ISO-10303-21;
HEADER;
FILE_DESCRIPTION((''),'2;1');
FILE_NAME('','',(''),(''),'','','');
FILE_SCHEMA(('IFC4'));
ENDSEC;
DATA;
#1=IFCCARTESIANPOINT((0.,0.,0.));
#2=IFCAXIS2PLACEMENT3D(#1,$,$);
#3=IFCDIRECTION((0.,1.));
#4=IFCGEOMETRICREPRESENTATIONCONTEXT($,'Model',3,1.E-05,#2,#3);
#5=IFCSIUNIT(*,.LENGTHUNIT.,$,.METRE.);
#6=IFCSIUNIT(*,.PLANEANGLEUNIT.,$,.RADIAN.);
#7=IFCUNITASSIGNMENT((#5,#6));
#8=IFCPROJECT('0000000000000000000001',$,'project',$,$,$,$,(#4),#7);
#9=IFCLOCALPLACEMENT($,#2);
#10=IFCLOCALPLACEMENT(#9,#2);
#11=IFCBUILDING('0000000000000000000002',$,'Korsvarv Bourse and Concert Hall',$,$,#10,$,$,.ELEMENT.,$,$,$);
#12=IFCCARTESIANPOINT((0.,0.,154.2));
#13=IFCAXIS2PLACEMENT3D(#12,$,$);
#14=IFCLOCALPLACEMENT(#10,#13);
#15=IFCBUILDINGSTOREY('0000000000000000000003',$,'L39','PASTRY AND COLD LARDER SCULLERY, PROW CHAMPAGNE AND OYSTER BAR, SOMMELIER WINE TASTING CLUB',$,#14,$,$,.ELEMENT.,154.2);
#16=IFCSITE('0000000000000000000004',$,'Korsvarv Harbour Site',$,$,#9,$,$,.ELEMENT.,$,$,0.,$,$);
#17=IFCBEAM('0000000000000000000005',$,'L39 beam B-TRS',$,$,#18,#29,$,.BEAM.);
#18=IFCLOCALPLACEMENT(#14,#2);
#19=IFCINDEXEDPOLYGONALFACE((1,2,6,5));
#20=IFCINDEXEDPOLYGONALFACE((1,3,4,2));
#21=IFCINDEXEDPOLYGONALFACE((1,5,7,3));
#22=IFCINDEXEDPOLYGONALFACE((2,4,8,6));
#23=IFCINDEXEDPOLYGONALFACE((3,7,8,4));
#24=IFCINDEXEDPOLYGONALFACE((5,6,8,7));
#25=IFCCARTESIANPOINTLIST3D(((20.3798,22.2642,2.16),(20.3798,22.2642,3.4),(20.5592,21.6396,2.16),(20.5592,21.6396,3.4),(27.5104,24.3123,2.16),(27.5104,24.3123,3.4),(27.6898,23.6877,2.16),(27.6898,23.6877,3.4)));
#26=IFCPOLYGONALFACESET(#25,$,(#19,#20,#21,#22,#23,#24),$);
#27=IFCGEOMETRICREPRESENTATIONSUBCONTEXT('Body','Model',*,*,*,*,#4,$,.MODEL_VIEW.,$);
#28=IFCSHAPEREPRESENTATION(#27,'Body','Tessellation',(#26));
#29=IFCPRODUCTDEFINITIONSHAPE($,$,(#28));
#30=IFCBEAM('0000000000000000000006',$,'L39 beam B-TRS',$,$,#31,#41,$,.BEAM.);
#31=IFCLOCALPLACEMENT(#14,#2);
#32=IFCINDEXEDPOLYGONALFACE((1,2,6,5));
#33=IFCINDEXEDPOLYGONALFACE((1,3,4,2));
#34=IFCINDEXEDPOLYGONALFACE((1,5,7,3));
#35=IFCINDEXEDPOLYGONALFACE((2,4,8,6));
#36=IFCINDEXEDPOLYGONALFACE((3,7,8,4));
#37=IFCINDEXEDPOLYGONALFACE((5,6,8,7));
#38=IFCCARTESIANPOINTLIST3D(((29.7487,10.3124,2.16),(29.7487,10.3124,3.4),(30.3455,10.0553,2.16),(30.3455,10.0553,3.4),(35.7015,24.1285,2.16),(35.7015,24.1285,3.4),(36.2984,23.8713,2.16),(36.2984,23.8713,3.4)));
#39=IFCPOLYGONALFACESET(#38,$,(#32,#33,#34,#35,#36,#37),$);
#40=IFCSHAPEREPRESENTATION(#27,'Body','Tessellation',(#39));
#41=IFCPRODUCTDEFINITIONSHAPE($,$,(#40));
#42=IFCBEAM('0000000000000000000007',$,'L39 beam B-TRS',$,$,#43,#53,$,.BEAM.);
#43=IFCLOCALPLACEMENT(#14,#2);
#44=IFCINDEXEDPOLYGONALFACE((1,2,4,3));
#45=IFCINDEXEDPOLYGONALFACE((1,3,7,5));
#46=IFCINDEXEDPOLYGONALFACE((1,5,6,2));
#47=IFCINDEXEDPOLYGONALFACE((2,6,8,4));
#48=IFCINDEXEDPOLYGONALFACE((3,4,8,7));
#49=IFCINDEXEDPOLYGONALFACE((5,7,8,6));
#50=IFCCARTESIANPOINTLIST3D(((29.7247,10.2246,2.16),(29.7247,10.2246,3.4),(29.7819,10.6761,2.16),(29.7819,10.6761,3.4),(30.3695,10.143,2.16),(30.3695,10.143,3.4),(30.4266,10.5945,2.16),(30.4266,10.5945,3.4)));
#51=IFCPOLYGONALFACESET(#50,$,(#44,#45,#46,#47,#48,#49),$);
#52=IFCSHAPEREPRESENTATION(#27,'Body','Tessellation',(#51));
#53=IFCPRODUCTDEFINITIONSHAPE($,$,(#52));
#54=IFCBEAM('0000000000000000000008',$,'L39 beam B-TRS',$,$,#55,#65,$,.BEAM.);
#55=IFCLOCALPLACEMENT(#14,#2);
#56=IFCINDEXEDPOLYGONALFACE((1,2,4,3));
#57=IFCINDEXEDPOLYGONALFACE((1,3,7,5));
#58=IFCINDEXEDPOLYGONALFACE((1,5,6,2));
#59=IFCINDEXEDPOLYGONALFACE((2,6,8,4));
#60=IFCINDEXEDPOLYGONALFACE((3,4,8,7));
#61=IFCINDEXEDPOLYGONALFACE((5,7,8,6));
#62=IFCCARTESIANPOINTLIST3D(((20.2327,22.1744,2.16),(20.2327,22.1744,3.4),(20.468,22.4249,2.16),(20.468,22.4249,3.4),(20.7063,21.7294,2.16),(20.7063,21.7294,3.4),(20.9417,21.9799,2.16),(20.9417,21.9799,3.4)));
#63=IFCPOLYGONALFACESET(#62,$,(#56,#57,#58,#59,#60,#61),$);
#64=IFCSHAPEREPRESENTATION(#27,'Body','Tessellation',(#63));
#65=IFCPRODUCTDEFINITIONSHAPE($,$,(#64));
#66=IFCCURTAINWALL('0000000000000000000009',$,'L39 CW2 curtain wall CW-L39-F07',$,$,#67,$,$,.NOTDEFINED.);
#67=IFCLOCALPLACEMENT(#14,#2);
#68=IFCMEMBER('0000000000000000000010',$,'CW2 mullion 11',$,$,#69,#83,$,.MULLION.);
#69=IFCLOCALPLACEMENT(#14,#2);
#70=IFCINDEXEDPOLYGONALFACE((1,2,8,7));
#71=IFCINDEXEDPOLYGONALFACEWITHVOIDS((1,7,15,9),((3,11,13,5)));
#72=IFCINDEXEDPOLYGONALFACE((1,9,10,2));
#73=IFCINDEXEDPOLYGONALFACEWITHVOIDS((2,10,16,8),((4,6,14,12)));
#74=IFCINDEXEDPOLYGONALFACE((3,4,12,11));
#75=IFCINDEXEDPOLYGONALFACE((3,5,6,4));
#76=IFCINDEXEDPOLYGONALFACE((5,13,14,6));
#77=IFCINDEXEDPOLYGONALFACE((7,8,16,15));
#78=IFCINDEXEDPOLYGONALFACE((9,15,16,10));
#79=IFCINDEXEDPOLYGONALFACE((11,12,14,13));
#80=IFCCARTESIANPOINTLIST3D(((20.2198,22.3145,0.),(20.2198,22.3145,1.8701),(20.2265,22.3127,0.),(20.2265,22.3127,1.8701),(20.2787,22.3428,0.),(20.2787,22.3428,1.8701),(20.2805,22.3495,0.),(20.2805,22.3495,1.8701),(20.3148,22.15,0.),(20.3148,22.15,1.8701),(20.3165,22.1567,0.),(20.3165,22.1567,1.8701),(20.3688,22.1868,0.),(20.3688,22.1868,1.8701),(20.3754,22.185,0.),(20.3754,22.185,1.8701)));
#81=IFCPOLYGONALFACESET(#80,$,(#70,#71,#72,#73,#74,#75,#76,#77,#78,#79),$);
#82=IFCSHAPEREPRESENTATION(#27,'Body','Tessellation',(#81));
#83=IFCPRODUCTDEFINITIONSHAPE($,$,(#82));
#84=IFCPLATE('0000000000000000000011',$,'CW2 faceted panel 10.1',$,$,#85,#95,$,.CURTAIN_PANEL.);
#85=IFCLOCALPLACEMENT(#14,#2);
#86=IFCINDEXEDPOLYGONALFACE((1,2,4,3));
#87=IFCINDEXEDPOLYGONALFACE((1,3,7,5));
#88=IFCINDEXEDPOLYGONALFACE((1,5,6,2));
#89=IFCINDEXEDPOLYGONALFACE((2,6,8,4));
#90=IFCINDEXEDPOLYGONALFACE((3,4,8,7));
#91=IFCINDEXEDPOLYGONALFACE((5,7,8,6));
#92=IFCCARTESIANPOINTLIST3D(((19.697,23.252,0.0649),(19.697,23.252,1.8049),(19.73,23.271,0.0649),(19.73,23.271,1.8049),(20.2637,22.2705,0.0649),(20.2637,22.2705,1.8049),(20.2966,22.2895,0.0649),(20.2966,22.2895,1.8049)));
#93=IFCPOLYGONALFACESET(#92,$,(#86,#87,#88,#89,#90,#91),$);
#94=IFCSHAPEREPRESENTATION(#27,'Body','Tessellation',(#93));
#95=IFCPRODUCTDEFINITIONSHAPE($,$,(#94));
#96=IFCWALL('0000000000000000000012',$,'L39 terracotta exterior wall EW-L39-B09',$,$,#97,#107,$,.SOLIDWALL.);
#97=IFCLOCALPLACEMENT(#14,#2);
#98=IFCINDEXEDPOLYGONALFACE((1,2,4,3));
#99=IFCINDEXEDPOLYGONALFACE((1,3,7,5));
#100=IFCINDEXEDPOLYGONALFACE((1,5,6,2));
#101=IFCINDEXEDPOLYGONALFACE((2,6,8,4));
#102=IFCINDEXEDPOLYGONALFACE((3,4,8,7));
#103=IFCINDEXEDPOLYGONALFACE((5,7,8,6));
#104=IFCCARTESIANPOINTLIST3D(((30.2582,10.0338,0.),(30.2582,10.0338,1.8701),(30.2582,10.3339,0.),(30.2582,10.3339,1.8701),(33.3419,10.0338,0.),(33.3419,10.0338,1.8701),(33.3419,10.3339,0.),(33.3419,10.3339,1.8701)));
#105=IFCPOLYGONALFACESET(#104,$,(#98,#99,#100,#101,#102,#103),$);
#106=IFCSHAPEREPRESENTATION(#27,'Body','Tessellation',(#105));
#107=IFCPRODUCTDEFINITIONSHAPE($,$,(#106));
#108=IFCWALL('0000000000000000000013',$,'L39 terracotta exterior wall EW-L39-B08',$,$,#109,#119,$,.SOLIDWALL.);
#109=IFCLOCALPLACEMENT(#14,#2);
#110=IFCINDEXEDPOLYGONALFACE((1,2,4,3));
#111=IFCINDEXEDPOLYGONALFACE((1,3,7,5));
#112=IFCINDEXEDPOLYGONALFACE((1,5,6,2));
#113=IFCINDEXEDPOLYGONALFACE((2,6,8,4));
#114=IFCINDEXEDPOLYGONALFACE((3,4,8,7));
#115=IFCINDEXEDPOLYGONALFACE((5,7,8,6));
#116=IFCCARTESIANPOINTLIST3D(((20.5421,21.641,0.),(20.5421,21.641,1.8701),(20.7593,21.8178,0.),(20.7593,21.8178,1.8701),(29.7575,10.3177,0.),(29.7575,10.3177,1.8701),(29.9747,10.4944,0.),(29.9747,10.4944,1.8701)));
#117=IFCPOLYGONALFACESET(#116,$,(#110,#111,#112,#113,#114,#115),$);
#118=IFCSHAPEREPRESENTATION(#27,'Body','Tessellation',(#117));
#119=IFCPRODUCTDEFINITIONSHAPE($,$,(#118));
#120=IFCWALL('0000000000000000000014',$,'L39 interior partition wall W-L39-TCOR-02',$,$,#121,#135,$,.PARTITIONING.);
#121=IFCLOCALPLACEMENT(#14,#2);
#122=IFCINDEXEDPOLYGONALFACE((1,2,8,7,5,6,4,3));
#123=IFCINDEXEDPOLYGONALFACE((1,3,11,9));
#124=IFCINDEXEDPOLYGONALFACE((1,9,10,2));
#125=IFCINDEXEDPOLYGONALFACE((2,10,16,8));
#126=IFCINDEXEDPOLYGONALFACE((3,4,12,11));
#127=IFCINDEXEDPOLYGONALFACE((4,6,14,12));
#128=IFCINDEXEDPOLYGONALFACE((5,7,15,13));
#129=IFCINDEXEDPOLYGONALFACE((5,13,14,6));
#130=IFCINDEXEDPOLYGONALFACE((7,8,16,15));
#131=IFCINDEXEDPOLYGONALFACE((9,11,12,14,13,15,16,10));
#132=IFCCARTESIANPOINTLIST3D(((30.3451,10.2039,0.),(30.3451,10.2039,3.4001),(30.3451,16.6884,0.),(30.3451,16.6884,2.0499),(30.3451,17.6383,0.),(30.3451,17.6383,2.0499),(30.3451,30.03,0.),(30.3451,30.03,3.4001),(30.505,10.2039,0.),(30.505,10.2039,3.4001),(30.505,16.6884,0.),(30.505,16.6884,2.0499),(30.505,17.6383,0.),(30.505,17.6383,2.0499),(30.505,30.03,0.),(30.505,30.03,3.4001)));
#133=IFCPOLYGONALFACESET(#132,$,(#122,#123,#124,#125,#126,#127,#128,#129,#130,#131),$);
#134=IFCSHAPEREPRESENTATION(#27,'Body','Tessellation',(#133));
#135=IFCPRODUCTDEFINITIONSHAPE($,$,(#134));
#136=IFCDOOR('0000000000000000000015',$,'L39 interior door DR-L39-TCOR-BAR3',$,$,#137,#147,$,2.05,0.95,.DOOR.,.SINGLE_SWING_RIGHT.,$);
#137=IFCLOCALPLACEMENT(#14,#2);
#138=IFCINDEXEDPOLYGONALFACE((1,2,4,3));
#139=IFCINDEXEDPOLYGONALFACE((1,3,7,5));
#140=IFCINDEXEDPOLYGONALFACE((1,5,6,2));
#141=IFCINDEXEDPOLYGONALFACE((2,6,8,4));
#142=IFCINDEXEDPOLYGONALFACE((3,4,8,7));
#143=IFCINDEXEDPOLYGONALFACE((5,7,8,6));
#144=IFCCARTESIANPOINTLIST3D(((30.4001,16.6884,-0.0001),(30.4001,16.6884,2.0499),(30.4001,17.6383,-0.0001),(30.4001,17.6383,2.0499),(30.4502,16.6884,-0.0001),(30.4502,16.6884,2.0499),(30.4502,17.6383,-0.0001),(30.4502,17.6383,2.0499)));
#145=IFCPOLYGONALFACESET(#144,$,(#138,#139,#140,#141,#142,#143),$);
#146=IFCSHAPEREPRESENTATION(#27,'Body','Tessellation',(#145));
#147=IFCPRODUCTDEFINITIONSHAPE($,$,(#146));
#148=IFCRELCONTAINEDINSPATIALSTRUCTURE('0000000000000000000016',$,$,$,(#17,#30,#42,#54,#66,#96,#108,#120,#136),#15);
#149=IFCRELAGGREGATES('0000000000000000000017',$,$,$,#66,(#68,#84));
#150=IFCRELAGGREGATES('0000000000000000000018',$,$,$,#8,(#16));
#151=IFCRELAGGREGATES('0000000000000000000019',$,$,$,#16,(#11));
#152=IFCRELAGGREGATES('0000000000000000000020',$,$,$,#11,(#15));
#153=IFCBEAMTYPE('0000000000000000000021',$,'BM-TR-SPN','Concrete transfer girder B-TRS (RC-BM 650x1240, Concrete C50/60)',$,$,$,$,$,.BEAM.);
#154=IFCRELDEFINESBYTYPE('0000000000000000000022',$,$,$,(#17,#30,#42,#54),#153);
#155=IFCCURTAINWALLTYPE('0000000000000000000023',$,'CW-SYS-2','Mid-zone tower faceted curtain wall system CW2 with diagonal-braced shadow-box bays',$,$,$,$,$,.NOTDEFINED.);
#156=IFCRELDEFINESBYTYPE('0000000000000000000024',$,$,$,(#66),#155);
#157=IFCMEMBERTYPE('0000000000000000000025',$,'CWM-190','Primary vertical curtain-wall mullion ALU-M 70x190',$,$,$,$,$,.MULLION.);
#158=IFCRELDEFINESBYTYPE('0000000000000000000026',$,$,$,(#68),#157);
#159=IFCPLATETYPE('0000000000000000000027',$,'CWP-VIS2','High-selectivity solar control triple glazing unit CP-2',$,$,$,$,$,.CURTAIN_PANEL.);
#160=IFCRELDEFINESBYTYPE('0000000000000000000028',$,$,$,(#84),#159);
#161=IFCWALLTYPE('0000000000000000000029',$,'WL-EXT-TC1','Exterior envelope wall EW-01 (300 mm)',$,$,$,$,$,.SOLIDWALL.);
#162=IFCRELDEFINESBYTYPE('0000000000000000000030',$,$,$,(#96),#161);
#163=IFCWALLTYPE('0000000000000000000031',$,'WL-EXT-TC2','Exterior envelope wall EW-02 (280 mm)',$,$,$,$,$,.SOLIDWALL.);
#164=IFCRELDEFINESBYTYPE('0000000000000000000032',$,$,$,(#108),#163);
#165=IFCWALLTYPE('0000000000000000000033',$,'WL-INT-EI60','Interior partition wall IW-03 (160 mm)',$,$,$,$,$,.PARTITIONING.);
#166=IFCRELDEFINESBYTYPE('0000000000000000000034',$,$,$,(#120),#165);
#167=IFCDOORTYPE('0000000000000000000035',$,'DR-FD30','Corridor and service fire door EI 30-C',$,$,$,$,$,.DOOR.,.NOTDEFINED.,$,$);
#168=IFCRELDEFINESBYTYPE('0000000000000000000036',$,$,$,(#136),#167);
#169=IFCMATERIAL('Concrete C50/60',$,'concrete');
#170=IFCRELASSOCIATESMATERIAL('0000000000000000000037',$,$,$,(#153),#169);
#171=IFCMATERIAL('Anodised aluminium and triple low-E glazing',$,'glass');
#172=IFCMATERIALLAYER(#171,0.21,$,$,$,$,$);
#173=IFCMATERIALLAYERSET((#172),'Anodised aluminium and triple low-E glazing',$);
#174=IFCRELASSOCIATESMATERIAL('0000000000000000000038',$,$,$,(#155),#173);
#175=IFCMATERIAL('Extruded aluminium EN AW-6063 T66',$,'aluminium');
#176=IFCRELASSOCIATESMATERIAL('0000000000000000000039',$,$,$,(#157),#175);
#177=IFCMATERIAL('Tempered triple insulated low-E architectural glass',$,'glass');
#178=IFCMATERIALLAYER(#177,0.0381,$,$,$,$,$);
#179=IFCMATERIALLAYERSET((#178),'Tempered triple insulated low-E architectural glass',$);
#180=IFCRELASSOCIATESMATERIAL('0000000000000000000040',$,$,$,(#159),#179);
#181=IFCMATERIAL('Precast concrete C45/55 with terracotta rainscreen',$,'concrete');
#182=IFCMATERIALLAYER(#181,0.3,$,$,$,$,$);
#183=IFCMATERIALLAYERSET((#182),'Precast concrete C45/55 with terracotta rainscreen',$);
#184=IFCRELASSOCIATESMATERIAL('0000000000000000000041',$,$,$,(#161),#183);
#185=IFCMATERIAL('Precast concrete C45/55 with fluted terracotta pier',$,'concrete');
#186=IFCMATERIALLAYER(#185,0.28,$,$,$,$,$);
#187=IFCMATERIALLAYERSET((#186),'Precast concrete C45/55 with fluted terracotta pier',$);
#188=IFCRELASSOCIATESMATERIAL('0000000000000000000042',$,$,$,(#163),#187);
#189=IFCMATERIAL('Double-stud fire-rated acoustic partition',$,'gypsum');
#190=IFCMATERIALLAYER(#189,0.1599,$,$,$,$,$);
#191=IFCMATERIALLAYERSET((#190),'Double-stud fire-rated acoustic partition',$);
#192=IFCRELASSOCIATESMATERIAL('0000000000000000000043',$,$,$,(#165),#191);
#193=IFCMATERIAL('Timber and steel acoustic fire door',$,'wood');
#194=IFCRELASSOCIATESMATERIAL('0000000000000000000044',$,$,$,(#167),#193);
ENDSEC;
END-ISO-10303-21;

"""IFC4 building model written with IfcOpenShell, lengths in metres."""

from ifc_helpers import new_model, si_unit, direction, frame, frame_2d, origin, origin_2d, place, context, subcontext, project, spatial, rectangle, hollow_rectangle, extrude, source, transform, mapped, material, layer, layer_set, material_profile, profile_set, type_object, element, fill, aggregate, save


model = new_model("IFC4")

# Units and contexts
model_context = context("Model", 3, precision=1e-05, world=origin(), true_north=direction((0.0, 1.0)))
body_context = subcontext(model_context, "Body", "Model", "MODEL_VIEW")
ifc_project = project(units=[si_unit("LENGTHUNIT", "METRE"), si_unit("PLANEANGLEUNIT", "RADIAN")], contexts=[model_context])

# Site, building, storey
site_placement = place(None, origin())
site = spatial("IfcSite", under=ifc_project, at=site_placement, Name="Korsvarv Harbour Site", CompositionType="ELEMENT", RefElevation=0.0)
building_placement = place(site_placement, origin())
building = spatial("IfcBuilding", under=site, at=building_placement, Name="Korsvarv Bourse and Concert Hall", CompositionType="ELEMENT")
storey_placement = place(building_placement, frame((0.0, 0.0, 154.2)))
storey = spatial("IfcBuildingStorey", under=building, at=storey_placement, Name="L39", Description="PASTRY AND COLD LARDER SCULLERY, PROW CHAMPAGNE AND OYSTER BAR, SOMMELIER WINE TASTING CLUB", CompositionType="ELEMENT", Elevation=154.2)

# Beams
ifc_material_1 = material(Name="Concrete C50/60", Category="concrete")
ifc_material_profile_1 = material_profile(ifc_material_1, rectangle(XDim=0.6499, YDim=1.24, at=origin_2d()), Name="RC-BM 650x1240")
ifc_profile_set_1 = profile_set([ifc_material_profile_1], Name="Concrete C50/60")
beam_type_1 = type_object("IfcBeamType", Name="BM-TR-SPN", Description="Concrete transfer girder B-TRS (RC-BM 650x1240, Concrete C50/60)", PredefinedType="BEAM", material=ifc_profile_set_1)
shared_shape_1 = source(origin(), body_context, "Body", "SweptSolid", [
    extrude(rectangle(XDim=0.6499, YDim=1.24, at=origin_2d()), origin(), (0.0, 0.0, 1.0), 7.4189),
])
beam_1_placement = place(storey_placement, frame((20.4695, 21.9519, 2.78), z_axis=(0.961139, 0.276064, 0.0), x_axis=(-0.276064, 0.961139, 0.0)))
element("IfcBeam", 1, at=beam_1_placement, inside=storey, type_object=beam_type_1, Name="L39 beam B-TRS", PredefinedType="BEAM", context=body_context, shape_type="MappedRepresentation", body=[
    mapped(shared_shape_1, transform((0.0, 0.0, 0.0), scale=1.0)),
])
shared_shape_2 = source(origin(), body_context, "Body", "SweptSolid", [
    extrude(rectangle(XDim=0.6499, YDim=1.24, at=origin_2d()), origin(), (0.0, 0.0, 1.0), 15.0439),
])
beam_2_placement = place(storey_placement, frame((30.0471, 10.1838, 2.78), z_axis=(0.395697, 0.918381, 0.0), x_axis=(-0.918381, 0.395697, 0.0)))
element("IfcBeam", 2, at=beam_2_placement, inside=storey, type_object=beam_type_1, Name="L39 beam B-TRS", PredefinedType="BEAM", context=body_context, shape_type="MappedRepresentation", body=[
    mapped(shared_shape_2, transform((0.0, 0.0, 0.0), scale=1.0)),
])
shared_shape_3 = source(origin(), body_context, "Body", "SweptSolid", [
    extrude(rectangle(XDim=0.6499, YDim=1.24, at=origin_2d()), origin(), (0.0, 0.0, 1.0), 0.4551),
])
beam_3_placement = place(storey_placement, frame((30.0471, 10.1838, 2.78), z_axis=(0.125553, 0.992087, 0.0), x_axis=(-0.992087, 0.125553, 0.0)))
element("IfcBeam", 3, at=beam_3_placement, inside=storey, type_object=beam_type_1, Name="L39 beam B-TRS", PredefinedType="BEAM", context=body_context, shape_type="MappedRepresentation", body=[
    mapped(shared_shape_3, transform((0.0, 0.0, 0.0), scale=1.0)),
])
shared_shape_4 = source(origin(), body_context, "Body", "SweptSolid", [
    extrude(rectangle(XDim=0.6499, YDim=1.24, at=origin_2d()), origin(), (0.0, 0.0, 1.0), 0.3438),
])
beam_4_placement = place(storey_placement, frame((20.4695, 21.9519, 2.78), z_axis=(0.684744, 0.728784, 0.0), x_axis=(-0.728784, 0.684744, 0.0)))
element("IfcBeam", 4, at=beam_4_placement, inside=storey, type_object=beam_type_1, Name="L39 beam B-TRS", PredefinedType="BEAM", context=body_context, shape_type="MappedRepresentation", body=[
    mapped(shared_shape_4, transform((0.0, 0.0, 0.0), scale=1.0)),
])

# Curtain wall, member, plate
ifc_material_2 = material(Name="Anodised aluminium and triple low-E glazing", Category="glass")
ifc_layer_1 = layer(ifc_material_2, 0.21)
ifc_layer_set_1 = layer_set([ifc_layer_1], Name="Anodised aluminium and triple low-E glazing")
curtain_wall_type = type_object("IfcCurtainWallType", Name="CW-SYS-2", Description="Mid-zone tower faceted curtain wall system CW2 with diagonal-braced shadow-box bays", PredefinedType="NOTDEFINED", material=ifc_layer_set_1)
curtain_wall_placement = place(storey_placement, origin())
curtain_wall = element("IfcCurtainWall", 5, at=curtain_wall_placement, inside=storey, type_object=curtain_wall_type, Name="L39 CW2 curtain wall CW-L39-F07", PredefinedType="NOTDEFINED")
ifc_material_3 = material(Name="Extruded aluminium EN AW-6063 T66", Category="aluminium")
ifc_material_profile_2 = material_profile(ifc_material_3, hollow_rectangle(XDim=0.0701, YDim=0.1899, WallThickness=0.0049, at=origin_2d()), Name="ALU-M 70x190")
ifc_profile_set_2 = profile_set([ifc_material_profile_2], Name="Extruded aluminium EN AW-6063 T66")
member_type = type_object("IfcMemberType", Name="CWM-190", Description="Primary vertical curtain-wall mullion ALU-M 70x190", PredefinedType="MULLION", material=ifc_profile_set_2)
shared_shape_5 = source(origin(), body_context, "Body", "SweptSolid", [
    extrude(hollow_rectangle(XDim=0.0701, YDim=0.1899, WallThickness=0.0049, at=origin_2d()), origin(), (0.0, 0.0, 1.0), 1.8701),
])
member_placement = place(storey_placement, frame((20.2976, 22.2498, 0.0), z_axis=(0.0, 0.0, 1.0), x_axis=(0.866022, 0.500006, 0.0)))
member = element("IfcMember", 6, at=member_placement, type_object=member_type, Name="CW2 mullion 11", PredefinedType="MULLION", context=body_context, shape_type="MappedRepresentation", body=[
    mapped(shared_shape_5, transform((0.0, 0.0, 0.0), scale=1.0)),
])
ifc_material_4 = material(Name="Tempered triple insulated low-E architectural glass", Category="glass")
ifc_layer_2 = layer(ifc_material_4, 0.0381)
ifc_layer_set_2 = layer_set([ifc_layer_2], Name="Tempered triple insulated low-E architectural glass")
plate_type = type_object("IfcPlateType", Name="CWP-VIS2", Description="High-selectivity solar control triple glazing unit CP-2", PredefinedType="CURTAIN_PANEL", material=ifc_layer_set_2)
shared_shape_6 = source(origin(), body_context, "Body", "SweptSolid", [
    extrude(rectangle(XDim=1.1333, YDim=0.0381, at=origin_2d()), origin(), (0.0, 0.0, 1.0), 1.74),
])
plate_placement = place(storey_placement, frame((19.9968, 22.7708, 0.0649), z_axis=(0.0, 0.0, 1.0), x_axis=(0.500006, -0.866022, 0.0)))
plate = element("IfcPlate", 7, at=plate_placement, type_object=plate_type, Name="CW2 faceted panel 10.1", PredefinedType="CURTAIN_PANEL", context=body_context, shape_type="MappedRepresentation", body=[
    mapped(shared_shape_6, transform((0.0, 0.0, 0.0), scale=1.0)),
])
aggregate(curtain_wall, [member, plate])

# Walls
ifc_material_5 = material(Name="Precast concrete C45/55 with terracotta rainscreen", Category="concrete")
ifc_layer_3 = layer(ifc_material_5, 0.3)
ifc_layer_set_3 = layer_set([ifc_layer_3], Name="Precast concrete C45/55 with terracotta rainscreen")
wall_type_1 = type_object("IfcWallType", Name="WL-EXT-TC1", Description="Exterior envelope wall EW-01 (300 mm)", PredefinedType="SOLIDWALL", material=ifc_layer_set_3)
wall_1_placement = place(storey_placement, frame((30.2581, 10.1838, 0.0), z_axis=(0.0, 0.0, 1.0), x_axis=(1.0, 0.0, 0.0)))
element("IfcWall", 8, at=wall_1_placement, inside=storey, type_object=wall_type_1, Name="L39 terracotta exterior wall EW-L39-B09", PredefinedType="SOLIDWALL", context=body_context, shape_type="SweptSolid", body=[
    extrude(rectangle(XDim=3.0837, YDim=0.3, at=frame_2d((1.542, 0.0))), origin(), (0.0, 0.0, 1.0), 1.8701),
])
ifc_material_6 = material(Name="Precast concrete C45/55 with fluted terracotta pier", Category="concrete")
ifc_layer_4 = layer(ifc_material_6, 0.28)
ifc_layer_set_4 = layer_set([ifc_layer_4], Name="Precast concrete C45/55 with fluted terracotta pier")
wall_type_2 = type_object("IfcWallType", Name="WL-EXT-TC2", Description="Exterior envelope wall EW-02 (280 mm)", PredefinedType="SOLIDWALL", material=ifc_layer_set_4)
wall_2_placement = place(storey_placement, frame((20.6506, 21.7295, 0.0), z_axis=(0.0, 0.0, 1.0), x_axis=(0.631219, -0.775604, 0.0)))
element("IfcWall", 9, at=wall_2_placement, inside=storey, type_object=wall_type_2, Name="L39 terracotta exterior wall EW-L39-B08", PredefinedType="SOLIDWALL", context=body_context, shape_type="SweptSolid", body=[
    extrude(rectangle(XDim=14.5994, YDim=0.28, at=frame_2d((7.2998, 0.0))), origin(), (0.0, 0.0, 1.0), 1.8701),
])

# Wall, opening, door
ifc_material_7 = material(Name="Double-stud fire-rated acoustic partition", Category="gypsum")
ifc_layer_5 = layer(ifc_material_7, 0.1599)
ifc_layer_set_5 = layer_set([ifc_layer_5], Name="Double-stud fire-rated acoustic partition")
wall_type_3 = type_object("IfcWallType", Name="WL-INT-EI60", Description="Interior partition wall IW-03 (160 mm)", PredefinedType="PARTITIONING", material=ifc_layer_set_5)
wall_3_placement = place(storey_placement, frame((30.425, 10.2039, 0.0), z_axis=(0.0, 0.0, 1.0), x_axis=(0.0, 1.0, 0.0)))
wall_3 = element("IfcWall", 10, at=wall_3_placement, inside=storey, type_object=wall_type_3, Name="L39 interior partition wall W-L39-TCOR-02", PredefinedType="PARTITIONING", context=body_context, shape_type="SweptSolid", body=[
    extrude(rectangle(XDim=19.8262, YDim=0.1599, at=frame_2d((9.9131, 0.0))), origin(), (0.0, 0.0, 1.0), 3.4001),
])
opening_1_placement = place(wall_3_placement, frame((6.4844, 0.0, 0.0)))
opening_1 = element("IfcOpeningElement", 11, at=opening_1_placement, cuts=wall_3, PredefinedType="OPENING", context=body_context, shape_type="SweptSolid", body=[
    extrude(rectangle(XDim=0.95, YDim=2.05, at=frame_2d((0.4751, 1.0249))), frame((0.0, 0.0898, 0.0), z_axis=(0.0, -1.0, 0.0), x_axis=(1.0, 0.0, 0.0)), (0.0, 0.0, 1.0), 0.1799),
])
ifc_material_8 = material(Name="Timber and steel acoustic fire door", Category="wood")
door_type_1 = type_object("IfcDoorType", Name="DR-FD30", Description="Corridor and service fire door EI 30-C", OperationType="NOTDEFINED", PredefinedType="DOOR", material=ifc_material_8)
door_1_placement = place(opening_1_placement, origin())
door_1 = element("IfcDoor", 12, at=door_1_placement, inside=storey, type_object=door_type_1, Name="L39 interior door DR-L39-TCOR-BAR3", OperationType="SINGLE_SWING_RIGHT", OverallHeight=2.05, OverallWidth=0.95, PredefinedType="DOOR", context=body_context, shape_type="SweptSolid", body=[
    extrude(rectangle(XDim=0.95, YDim=2.05, at=frame_2d((0.4751, 1.0249))), frame((0.0, 0.0249, 0.0), z_axis=(0.0, -1.0, 0.0), x_axis=(1.0, 0.0, 0.0)), (0.0, 0.0, 1.0), 0.05),
])
fill(opening_1, door_1)

save(model, "model.ifc")
